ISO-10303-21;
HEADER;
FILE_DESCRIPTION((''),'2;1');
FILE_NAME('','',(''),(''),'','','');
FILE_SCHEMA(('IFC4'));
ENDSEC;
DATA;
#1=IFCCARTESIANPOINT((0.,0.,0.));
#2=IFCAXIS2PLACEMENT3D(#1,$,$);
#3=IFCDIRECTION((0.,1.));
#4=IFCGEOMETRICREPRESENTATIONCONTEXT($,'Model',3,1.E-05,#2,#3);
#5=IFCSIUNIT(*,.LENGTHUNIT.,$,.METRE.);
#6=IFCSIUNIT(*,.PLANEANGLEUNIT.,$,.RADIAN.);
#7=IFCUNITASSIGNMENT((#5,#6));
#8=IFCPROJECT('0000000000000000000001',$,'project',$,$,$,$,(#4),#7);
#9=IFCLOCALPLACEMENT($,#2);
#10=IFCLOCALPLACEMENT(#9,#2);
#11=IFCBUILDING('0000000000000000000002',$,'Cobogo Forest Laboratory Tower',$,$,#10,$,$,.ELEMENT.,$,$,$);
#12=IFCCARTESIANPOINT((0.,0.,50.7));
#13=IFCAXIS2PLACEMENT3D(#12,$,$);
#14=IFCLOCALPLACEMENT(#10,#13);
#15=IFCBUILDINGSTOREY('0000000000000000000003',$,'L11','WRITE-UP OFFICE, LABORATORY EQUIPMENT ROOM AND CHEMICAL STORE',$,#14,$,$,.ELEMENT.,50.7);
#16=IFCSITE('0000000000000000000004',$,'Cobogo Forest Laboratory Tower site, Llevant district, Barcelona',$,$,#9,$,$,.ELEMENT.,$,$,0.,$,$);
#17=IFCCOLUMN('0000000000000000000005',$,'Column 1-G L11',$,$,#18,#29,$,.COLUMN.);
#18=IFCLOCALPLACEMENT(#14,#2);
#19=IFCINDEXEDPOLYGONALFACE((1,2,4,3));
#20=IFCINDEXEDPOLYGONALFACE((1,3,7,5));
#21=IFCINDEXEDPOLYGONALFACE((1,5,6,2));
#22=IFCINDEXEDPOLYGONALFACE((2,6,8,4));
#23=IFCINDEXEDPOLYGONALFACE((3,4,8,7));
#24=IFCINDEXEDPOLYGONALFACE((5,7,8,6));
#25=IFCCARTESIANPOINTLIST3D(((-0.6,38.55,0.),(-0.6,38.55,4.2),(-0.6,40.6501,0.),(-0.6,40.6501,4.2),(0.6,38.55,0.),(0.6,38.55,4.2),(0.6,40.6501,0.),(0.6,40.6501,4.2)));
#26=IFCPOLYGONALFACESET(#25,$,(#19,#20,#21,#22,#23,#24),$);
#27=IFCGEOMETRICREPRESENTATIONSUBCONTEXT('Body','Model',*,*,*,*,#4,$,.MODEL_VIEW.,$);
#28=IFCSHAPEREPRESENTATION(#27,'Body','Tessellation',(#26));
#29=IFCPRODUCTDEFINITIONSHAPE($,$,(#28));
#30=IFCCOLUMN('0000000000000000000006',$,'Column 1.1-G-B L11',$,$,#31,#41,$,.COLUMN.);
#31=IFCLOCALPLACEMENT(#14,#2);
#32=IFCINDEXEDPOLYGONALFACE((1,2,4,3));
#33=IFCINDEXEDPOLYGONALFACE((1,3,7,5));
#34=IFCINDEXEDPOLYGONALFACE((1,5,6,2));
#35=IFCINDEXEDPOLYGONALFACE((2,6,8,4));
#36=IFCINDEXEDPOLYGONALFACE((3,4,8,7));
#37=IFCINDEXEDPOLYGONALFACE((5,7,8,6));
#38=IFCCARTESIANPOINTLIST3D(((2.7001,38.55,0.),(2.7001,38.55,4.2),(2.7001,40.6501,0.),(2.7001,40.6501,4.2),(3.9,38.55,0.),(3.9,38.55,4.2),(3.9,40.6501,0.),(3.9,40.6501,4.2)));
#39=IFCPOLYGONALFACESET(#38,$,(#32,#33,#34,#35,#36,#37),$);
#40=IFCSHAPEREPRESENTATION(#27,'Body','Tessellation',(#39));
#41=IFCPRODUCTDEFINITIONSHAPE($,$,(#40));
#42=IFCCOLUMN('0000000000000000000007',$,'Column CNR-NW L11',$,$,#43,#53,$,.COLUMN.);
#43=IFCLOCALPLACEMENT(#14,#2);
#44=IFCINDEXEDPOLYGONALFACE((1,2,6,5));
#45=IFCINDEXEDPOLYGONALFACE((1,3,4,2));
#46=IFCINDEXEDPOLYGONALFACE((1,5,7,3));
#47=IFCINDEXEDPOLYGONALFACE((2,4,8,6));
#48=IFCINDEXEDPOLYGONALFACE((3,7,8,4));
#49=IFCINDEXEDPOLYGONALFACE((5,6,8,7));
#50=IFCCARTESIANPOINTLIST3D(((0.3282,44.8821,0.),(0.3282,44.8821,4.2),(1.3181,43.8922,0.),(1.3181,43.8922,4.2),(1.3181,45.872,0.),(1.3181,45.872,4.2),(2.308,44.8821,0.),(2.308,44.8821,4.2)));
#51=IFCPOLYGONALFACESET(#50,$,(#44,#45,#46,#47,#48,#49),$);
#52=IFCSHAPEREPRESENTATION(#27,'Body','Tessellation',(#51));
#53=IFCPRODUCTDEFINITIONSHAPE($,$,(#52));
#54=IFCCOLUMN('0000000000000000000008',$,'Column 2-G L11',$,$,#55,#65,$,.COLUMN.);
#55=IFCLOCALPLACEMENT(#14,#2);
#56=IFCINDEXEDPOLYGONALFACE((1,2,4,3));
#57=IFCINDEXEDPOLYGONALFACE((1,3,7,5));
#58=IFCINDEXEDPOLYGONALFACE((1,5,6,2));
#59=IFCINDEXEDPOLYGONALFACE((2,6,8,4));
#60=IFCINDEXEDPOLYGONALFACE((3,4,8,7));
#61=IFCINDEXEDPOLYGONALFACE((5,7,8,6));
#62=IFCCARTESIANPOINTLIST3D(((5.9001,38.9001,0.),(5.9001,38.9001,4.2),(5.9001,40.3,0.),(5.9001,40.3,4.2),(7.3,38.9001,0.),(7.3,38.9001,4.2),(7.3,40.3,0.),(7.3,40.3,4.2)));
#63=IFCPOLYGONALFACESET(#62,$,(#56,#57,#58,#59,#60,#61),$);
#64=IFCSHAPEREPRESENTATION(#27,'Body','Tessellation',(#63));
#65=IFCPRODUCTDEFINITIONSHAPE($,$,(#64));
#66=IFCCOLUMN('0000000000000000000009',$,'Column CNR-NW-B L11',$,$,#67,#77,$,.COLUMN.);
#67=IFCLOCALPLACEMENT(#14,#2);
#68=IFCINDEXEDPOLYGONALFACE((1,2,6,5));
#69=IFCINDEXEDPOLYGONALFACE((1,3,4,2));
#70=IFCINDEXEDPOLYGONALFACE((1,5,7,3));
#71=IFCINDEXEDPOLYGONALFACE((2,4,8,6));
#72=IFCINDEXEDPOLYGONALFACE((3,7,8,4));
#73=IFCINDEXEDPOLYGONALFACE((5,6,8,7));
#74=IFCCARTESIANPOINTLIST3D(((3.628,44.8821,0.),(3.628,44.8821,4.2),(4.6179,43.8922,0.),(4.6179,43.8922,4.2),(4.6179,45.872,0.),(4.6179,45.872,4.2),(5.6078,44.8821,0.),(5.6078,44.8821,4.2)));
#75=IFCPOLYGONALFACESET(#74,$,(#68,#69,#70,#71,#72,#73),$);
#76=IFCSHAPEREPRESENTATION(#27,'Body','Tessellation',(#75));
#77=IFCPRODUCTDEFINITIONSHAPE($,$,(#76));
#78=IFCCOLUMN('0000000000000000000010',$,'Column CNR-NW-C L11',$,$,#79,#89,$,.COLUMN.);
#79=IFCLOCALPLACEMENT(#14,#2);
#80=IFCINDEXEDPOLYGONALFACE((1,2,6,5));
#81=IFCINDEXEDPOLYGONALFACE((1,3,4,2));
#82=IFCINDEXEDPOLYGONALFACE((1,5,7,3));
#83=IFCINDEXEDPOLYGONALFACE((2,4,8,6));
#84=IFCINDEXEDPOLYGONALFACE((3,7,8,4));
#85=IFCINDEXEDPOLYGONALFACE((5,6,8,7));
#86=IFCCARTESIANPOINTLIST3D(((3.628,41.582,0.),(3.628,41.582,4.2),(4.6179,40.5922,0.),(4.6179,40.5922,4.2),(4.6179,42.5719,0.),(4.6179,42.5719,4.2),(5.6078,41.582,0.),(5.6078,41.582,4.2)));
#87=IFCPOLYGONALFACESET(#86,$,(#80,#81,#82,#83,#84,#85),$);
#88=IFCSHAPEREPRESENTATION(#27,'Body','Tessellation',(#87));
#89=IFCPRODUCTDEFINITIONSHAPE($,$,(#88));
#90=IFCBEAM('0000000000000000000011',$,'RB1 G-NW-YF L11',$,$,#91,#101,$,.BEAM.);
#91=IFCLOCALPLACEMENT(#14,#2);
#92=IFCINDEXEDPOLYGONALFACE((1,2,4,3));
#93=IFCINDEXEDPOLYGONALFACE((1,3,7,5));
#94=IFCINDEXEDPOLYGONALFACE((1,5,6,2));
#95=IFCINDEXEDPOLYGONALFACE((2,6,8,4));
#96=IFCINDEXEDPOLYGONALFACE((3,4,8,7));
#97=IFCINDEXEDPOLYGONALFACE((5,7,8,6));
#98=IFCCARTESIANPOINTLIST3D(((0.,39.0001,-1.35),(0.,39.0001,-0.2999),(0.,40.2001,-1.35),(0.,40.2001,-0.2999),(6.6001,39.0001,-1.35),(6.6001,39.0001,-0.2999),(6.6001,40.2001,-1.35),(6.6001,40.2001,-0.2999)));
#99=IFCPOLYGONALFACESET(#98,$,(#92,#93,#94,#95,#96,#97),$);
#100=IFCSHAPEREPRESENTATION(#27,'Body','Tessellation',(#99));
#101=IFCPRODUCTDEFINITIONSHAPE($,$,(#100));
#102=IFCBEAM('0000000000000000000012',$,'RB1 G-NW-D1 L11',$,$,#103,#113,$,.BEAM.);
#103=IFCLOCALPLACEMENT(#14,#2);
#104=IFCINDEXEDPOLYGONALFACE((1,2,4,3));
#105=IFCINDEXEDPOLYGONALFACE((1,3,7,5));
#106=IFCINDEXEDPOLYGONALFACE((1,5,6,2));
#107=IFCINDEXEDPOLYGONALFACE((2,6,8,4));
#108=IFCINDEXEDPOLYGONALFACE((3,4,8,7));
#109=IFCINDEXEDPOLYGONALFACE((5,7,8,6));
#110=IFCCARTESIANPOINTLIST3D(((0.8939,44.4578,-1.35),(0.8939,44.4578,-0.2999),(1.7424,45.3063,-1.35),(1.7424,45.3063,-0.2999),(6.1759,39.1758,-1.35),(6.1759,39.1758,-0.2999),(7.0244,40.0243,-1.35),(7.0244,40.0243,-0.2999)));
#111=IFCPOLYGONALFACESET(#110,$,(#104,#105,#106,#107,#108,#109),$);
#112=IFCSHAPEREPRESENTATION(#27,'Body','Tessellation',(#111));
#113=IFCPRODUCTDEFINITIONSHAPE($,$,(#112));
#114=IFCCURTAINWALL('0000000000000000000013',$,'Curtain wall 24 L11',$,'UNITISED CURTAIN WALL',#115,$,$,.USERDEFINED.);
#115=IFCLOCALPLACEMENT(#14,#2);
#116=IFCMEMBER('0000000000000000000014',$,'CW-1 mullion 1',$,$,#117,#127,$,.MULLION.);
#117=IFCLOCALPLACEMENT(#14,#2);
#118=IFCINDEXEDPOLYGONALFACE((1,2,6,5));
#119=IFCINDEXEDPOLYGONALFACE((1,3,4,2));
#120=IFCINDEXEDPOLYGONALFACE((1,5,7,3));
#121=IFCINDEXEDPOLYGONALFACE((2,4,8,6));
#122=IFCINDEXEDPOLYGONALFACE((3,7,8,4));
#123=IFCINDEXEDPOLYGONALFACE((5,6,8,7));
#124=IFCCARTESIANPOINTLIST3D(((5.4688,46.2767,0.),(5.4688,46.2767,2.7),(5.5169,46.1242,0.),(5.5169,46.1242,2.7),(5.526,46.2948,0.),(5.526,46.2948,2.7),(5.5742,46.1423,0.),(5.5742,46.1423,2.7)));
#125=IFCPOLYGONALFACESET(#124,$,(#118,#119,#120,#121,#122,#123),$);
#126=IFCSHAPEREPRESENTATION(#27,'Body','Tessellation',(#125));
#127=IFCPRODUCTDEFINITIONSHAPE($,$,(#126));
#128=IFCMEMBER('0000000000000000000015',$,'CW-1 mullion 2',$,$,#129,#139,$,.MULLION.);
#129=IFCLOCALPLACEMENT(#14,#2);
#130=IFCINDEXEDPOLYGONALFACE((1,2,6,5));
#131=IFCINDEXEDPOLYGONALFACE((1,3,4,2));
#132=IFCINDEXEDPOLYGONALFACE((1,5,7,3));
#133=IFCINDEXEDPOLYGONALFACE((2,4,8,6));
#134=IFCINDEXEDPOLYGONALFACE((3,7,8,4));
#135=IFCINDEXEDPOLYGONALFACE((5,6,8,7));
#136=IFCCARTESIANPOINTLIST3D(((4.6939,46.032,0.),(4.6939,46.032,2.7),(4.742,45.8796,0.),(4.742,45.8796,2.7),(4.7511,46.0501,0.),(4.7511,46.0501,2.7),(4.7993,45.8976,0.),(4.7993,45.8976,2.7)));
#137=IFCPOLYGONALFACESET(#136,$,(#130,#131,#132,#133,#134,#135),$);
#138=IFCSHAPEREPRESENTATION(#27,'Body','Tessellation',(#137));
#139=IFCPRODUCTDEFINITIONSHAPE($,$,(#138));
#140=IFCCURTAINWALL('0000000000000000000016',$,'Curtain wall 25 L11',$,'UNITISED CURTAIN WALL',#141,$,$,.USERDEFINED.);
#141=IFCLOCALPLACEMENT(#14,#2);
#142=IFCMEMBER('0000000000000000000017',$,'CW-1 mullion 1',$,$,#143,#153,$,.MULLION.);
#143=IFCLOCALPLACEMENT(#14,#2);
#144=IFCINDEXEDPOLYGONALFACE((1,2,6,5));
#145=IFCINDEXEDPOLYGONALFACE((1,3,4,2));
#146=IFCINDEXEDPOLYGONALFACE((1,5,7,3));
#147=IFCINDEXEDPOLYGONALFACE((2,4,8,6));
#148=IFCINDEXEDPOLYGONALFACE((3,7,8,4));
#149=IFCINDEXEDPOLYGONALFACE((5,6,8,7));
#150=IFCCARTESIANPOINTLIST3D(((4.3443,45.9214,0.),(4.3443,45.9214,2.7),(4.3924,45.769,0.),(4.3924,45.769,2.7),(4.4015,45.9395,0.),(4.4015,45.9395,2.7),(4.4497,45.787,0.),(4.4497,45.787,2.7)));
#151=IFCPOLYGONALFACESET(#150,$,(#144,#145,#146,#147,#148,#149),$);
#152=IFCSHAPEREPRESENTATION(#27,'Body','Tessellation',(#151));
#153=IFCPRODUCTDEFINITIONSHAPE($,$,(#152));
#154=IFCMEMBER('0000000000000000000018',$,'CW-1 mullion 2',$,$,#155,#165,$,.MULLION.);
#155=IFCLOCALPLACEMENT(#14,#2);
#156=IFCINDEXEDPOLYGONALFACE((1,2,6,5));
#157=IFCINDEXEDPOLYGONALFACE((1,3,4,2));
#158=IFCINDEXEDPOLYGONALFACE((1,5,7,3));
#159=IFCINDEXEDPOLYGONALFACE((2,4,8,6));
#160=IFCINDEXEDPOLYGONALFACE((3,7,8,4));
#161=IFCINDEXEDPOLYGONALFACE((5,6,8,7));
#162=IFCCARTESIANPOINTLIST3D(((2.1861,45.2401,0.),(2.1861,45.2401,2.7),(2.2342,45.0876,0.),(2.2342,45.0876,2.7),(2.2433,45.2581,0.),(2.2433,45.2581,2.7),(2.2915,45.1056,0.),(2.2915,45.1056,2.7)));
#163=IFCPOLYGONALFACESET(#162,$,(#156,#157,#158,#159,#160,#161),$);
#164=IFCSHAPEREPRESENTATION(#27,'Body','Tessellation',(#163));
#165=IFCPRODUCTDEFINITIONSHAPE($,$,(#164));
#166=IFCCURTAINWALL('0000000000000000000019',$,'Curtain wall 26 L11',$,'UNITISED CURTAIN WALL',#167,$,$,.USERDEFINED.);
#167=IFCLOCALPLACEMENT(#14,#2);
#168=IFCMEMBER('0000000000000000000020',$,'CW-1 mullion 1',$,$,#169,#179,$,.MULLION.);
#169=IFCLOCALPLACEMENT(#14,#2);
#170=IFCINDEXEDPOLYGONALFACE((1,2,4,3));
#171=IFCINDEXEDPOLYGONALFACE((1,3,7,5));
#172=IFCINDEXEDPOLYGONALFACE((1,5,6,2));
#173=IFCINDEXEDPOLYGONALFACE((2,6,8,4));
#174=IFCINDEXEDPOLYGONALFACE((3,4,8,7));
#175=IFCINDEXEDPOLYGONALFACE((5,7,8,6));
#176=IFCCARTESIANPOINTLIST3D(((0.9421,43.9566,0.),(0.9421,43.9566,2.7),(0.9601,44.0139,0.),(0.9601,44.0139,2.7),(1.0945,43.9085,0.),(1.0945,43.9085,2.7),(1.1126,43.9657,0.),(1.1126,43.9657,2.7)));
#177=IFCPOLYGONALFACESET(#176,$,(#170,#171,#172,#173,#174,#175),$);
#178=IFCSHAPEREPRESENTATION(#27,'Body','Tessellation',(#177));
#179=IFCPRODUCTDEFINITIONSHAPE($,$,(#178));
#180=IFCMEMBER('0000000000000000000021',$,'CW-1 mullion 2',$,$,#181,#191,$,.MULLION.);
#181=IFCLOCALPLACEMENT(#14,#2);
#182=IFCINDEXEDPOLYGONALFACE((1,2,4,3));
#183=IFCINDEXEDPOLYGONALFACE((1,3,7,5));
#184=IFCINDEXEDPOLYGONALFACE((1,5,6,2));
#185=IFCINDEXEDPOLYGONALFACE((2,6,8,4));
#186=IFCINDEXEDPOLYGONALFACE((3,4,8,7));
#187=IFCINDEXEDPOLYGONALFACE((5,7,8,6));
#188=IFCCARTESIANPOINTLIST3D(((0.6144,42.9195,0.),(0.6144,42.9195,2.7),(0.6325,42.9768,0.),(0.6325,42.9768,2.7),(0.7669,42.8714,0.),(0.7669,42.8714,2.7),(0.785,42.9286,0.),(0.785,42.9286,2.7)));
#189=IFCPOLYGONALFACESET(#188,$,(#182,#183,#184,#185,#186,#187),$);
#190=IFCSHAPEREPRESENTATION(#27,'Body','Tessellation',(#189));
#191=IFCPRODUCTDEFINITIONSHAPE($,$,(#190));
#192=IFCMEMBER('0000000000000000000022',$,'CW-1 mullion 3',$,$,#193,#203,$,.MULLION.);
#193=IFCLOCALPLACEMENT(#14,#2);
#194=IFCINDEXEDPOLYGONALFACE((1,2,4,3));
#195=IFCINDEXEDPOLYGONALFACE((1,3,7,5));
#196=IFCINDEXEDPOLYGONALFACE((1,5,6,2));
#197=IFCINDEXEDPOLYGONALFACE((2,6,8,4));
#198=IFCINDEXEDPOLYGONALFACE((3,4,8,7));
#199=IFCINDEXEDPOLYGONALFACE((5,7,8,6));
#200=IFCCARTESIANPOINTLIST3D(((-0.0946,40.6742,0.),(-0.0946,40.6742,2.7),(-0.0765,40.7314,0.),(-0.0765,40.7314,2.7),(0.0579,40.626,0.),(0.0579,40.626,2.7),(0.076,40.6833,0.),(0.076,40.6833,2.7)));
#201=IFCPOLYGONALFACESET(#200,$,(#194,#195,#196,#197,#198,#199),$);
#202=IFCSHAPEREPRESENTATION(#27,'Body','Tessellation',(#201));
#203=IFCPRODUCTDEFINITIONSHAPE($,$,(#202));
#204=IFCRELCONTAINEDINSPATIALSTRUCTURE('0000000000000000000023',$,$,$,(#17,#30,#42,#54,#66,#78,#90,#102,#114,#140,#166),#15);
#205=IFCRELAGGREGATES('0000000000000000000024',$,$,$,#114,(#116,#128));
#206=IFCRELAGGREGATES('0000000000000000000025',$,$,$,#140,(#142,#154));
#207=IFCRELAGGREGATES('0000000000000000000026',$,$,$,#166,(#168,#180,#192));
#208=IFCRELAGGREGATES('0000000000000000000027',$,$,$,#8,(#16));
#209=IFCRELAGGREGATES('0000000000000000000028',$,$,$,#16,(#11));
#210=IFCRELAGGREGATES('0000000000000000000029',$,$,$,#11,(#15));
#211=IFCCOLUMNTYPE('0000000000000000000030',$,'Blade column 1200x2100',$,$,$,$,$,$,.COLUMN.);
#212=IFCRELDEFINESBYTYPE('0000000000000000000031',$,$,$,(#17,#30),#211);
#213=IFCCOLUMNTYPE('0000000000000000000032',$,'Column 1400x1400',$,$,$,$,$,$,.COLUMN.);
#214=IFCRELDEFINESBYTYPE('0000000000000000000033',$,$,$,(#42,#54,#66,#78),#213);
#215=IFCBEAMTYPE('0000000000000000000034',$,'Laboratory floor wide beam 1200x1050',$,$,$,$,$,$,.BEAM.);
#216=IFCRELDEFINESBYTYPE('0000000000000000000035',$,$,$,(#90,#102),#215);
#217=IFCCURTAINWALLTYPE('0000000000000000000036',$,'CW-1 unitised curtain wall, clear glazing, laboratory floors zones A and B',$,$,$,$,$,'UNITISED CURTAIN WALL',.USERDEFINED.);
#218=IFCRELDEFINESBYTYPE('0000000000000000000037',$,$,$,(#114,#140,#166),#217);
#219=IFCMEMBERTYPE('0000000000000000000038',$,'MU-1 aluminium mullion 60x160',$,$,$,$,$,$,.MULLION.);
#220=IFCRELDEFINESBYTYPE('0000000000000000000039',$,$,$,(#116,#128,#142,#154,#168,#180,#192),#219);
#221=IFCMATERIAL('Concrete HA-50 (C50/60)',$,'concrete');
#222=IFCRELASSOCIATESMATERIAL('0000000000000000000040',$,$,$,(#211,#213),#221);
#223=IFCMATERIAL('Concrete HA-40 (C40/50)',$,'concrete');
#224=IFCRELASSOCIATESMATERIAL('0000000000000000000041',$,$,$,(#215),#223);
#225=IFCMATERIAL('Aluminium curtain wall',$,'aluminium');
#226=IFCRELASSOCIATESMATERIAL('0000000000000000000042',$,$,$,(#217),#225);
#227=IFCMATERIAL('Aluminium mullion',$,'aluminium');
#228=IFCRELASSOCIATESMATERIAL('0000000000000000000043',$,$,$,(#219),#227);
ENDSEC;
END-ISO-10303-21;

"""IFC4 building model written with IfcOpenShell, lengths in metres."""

from ifc_helpers import new_model, si_unit, direction, frame, origin, origin_2d, place, context, subcontext, project, spatial, rectangle, extrude, material, material_profile, profile_set, type_object, element, aggregate, save


model = new_model("IFC4")

# Units and contexts
model_context = context("Model", 3, precision=1e-05, world=origin(), true_north=direction((0.0, 1.0)))
body_context = subcontext(model_context, "Body", "Model", "MODEL_VIEW")
ifc_project = project(units=[si_unit("LENGTHUNIT", "METRE"), si_unit("PLANEANGLEUNIT", "RADIAN")], contexts=[model_context])

# Site, building, storey
site_placement = place(None, origin())
site = spatial("IfcSite", under=ifc_project, at=site_placement, Name="Cobogo Forest Laboratory Tower site, Llevant district, Barcelona", CompositionType="ELEMENT", RefElevation=0.0)
building_placement = place(site_placement, origin())
building = spatial("IfcBuilding", under=site, at=building_placement, Name="Cobogo Forest Laboratory Tower", CompositionType="ELEMENT")
storey_placement = place(building_placement, frame((0.0, 0.0, 50.7)))
storey = spatial("IfcBuildingStorey", under=building, at=storey_placement, Name="L11", Description="WRITE-UP OFFICE, LABORATORY EQUIPMENT ROOM AND CHEMICAL STORE", CompositionType="ELEMENT", Elevation=50.7)

# Columns
ifc_material_1 = material(Name="Concrete HA-50 (C50/60)", Category="concrete")
ifc_material_profile_1 = material_profile(ifc_material_1, rectangle(XDim=2.1001, YDim=1.2, at=origin_2d()), Name="RC 1200x2100")
ifc_profile_set_1 = profile_set([ifc_material_profile_1], Name="Concrete HA-50 (C50/60)")
column_type_1 = type_object("IfcColumnType", Name="Blade column 1200x2100", PredefinedType="COLUMN", material=ifc_profile_set_1)
for number, where, z_axis, x_axis, name in (
    (1, (0.0, 39.6001, 0.0), (0.0, 0.0, 1.0), (0.0, 1.0, 0.0), "Column 1-G L11"),
    (2, (3.3, 39.6001, 0.0), (0.0, 0.0, 1.0), (0.0, 1.0, 0.0), "Column 1.1-G-B L11"),
):
    element("IfcColumn", number, at=place(storey_placement, frame(where, z_axis=z_axis, x_axis=x_axis)), inside=storey, type_object=column_type_1, Name=name, PredefinedType="COLUMN", context=body_context, shape_type="SweptSolid", body=[
        extrude(rectangle(XDim=2.1001, YDim=1.2, at=origin_2d()), origin(), (0.0, 0.0, 1.0), 4.2),
    ])
ifc_material_profile_2 = material_profile(ifc_material_1, rectangle(XDim=1.3999, YDim=1.3999, at=origin_2d()), Name="RC 1400x1400")
ifc_profile_set_2 = profile_set([ifc_material_profile_2], Name="Concrete HA-50 (C50/60)")
column_type_2 = type_object("IfcColumnType", Name="Column 1400x1400", PredefinedType="COLUMN", material=ifc_profile_set_2)
for number, where, z_axis, x_axis, name in (
    (3, (1.3181, 44.8821, 0.0), (0.0, 0.0, 1.0), (0.707107, 0.707107, 0.0), "Column CNR-NW L11"),
    (4, (6.6001, 39.6001, 0.0), (0.0, 0.0, 1.0), (1.0, 0.0, 0.0), "Column 2-G L11"),
    (5, (4.6179, 44.8821, 0.0), (0.0, 0.0, 1.0), (0.707107, 0.707107, 0.0), "Column CNR-NW-B L11"),
    (6, (4.6179, 41.582, 0.0), (0.0, 0.0, 1.0), (0.707107, 0.707107, 0.0), "Column CNR-NW-C L11"),
):
    element("IfcColumn", number, at=place(storey_placement, frame(where, z_axis=z_axis, x_axis=x_axis)), inside=storey, type_object=column_type_2, Name=name, PredefinedType="COLUMN", context=body_context, shape_type="SweptSolid", body=[
        extrude(rectangle(XDim=1.3999, YDim=1.3999, at=origin_2d()), origin(), (0.0, 0.0, 1.0), 4.2),
    ])

# Beams
ifc_material_2 = material(Name="Concrete HA-40 (C40/50)", Category="concrete")
ifc_material_profile_3 = material_profile(ifc_material_2, rectangle(XDim=1.2, YDim=1.05, at=origin_2d()), Name="RC 1200x1050")
ifc_profile_set_3 = profile_set([ifc_material_profile_3], Name="Concrete HA-40 (C40/50)")
beam_type_1 = type_object("IfcBeamType", Name="Laboratory floor wide beam 1200x1050", PredefinedType="BEAM", material=ifc_profile_set_3)
beam_1_placement = place(storey_placement, frame((0.0, 39.6001, -0.825), z_axis=(1.0, 0.0, 0.0), x_axis=(0.0, 1.0, 0.0)))
element("IfcBeam", 7, at=beam_1_placement, inside=storey, type_object=beam_type_1, Name="RB1 G-NW-YF L11", PredefinedType="BEAM", context=body_context, shape_type="SweptSolid", body=[
    extrude(rectangle(XDim=1.2, YDim=1.05, at=origin_2d()), origin(), (0.0, 0.0, 1.0), 6.6001),
])
beam_2_placement = place(storey_placement, frame((1.3181, 44.8821, -0.825), z_axis=(0.707107, -0.707107, 0.0), x_axis=(0.707107, 0.707107, 0.0)))
element("IfcBeam", 8, at=beam_2_placement, inside=storey, type_object=beam_type_1, Name="RB1 G-NW-D1 L11", PredefinedType="BEAM", context=body_context, shape_type="SweptSolid", body=[
    extrude(rectangle(XDim=1.2, YDim=1.05, at=origin_2d()), origin(), (0.0, 0.0, 1.0), 7.47),
])

# Curtain walls, members
ifc_material_3 = material(Name="Aluminium curtain wall", Category="aluminium")
curtain_wall_type = type_object("IfcCurtainWallType", Name="CW-1 unitised curtain wall, clear glazing, laboratory floors zones A and B", ElementType="UNITISED CURTAIN WALL", PredefinedType="USERDEFINED", material=ifc_material_3)
curtain_wall_1_placement = place(storey_placement, origin())
curtain_wall_1 = element("IfcCurtainWall", 9, at=curtain_wall_1_placement, inside=storey, type_object=curtain_wall_type, Name="Curtain wall 24 L11", ObjectType="UNITISED CURTAIN WALL", PredefinedType="USERDEFINED")
ifc_material_4 = material(Name="Aluminium mullion", Category="aluminium")
ifc_material_profile_4 = material_profile(ifc_material_4, rectangle(XDim=0.0601, YDim=0.1599, at=origin_2d()), Name="AL 60x160")
ifc_profile_set_4 = profile_set([ifc_material_profile_4], Name="Aluminium mullion")
member_type_1 = type_object("IfcMemberType", Name="MU-1 aluminium mullion 60x160", PredefinedType="MULLION", material=ifc_profile_set_4)
member_1_placement = place(storey_placement, frame((5.5215, 46.2095, 0.0), z_axis=(0.0, 0.0, 1.0), x_axis=(-0.953582, -0.301135, 0.0)))
member_1 = element("IfcMember", 10, at=member_1_placement, type_object=member_type_1, Name="CW-1 mullion 1", PredefinedType="MULLION", context=body_context, shape_type="SweptSolid", body=[
    extrude(rectangle(XDim=0.0601, YDim=0.1599, at=origin_2d()), origin(), (0.0, 0.0, 1.0), 2.7),
])
member_2_placement = place(storey_placement, frame((4.7466, 45.9648, 0.0), z_axis=(0.0, 0.0, 1.0), x_axis=(-0.953582, -0.301135, 0.0)))
member_2 = element("IfcMember", 11, at=member_2_placement, type_object=member_type_1, Name="CW-1 mullion 2", PredefinedType="MULLION", context=body_context, shape_type="SweptSolid", body=[
    extrude(rectangle(XDim=0.0601, YDim=0.1599, at=origin_2d()), origin(), (0.0, 0.0, 1.0), 2.7),
])
curtain_wall_2_placement = place(storey_placement, origin())
curtain_wall_2 = element("IfcCurtainWall", 12, at=curtain_wall_2_placement, inside=storey, type_object=curtain_wall_type, Name="Curtain wall 25 L11", ObjectType="UNITISED CURTAIN WALL", PredefinedType="USERDEFINED")
member_3_placement = place(storey_placement, frame((4.397, 45.8542, 0.0), z_axis=(0.0, 0.0, 1.0), x_axis=(-0.953581, -0.301135, 0.0)))
member_3 = element("IfcMember", 13, at=member_3_placement, type_object=member_type_1, Name="CW-1 mullion 1", PredefinedType="MULLION", context=body_context, shape_type="SweptSolid", body=[
    extrude(rectangle(XDim=0.0601, YDim=0.1599, at=origin_2d()), origin(), (0.0, 0.0, 1.0), 2.7),
])
member_4_placement = place(storey_placement, frame((2.2388, 45.1729, 0.0), z_axis=(0.0, 0.0, 1.0), x_axis=(-0.953581, -0.301135, 0.0)))
member_4 = element("IfcMember", 14, at=member_4_placement, type_object=member_type_1, Name="CW-1 mullion 2", PredefinedType="MULLION", context=body_context, shape_type="SweptSolid", body=[
    extrude(rectangle(XDim=0.0601, YDim=0.1599, at=origin_2d()), origin(), (0.0, 0.0, 1.0), 2.7),
])
curtain_wall_3_placement = place(storey_placement, origin())
curtain_wall_3 = element("IfcCurtainWall", 15, at=curtain_wall_3_placement, inside=storey, type_object=curtain_wall_type, Name="Curtain wall 26 L11", ObjectType="UNITISED CURTAIN WALL", PredefinedType="USERDEFINED")
member_5_placement = place(storey_placement, frame((1.0273, 43.9612, 0.0), z_axis=(0.0, 0.0, 1.0), x_axis=(-0.301135, -0.953581, 0.0)))
member_5 = element("IfcMember", 16, at=member_5_placement, type_object=member_type_1, Name="CW-1 mullion 1", PredefinedType="MULLION", context=body_context, shape_type="SweptSolid", body=[
    extrude(rectangle(XDim=0.0601, YDim=0.1599, at=origin_2d()), origin(), (0.0, 0.0, 1.0), 2.7),
])
member_6_placement = place(storey_placement, frame((0.6997, 42.9241, 0.0), z_axis=(0.0, 0.0, 1.0), x_axis=(-0.301135, -0.953581, 0.0)))
member_6 = element("IfcMember", 17, at=member_6_placement, type_object=member_type_1, Name="CW-1 mullion 2", PredefinedType="MULLION", context=body_context, shape_type="SweptSolid", body=[
    extrude(rectangle(XDim=0.0601, YDim=0.1599, at=origin_2d()), origin(), (0.0, 0.0, 1.0), 2.7),
])
member_7_placement = place(storey_placement, frame((-0.0093, 40.6787, 0.0), z_axis=(0.0, 0.0, 1.0), x_axis=(-0.301135, -0.953581, 0.0)))
member_7 = element("IfcMember", 18, at=member_7_placement, type_object=member_type_1, Name="CW-1 mullion 3", PredefinedType="MULLION", context=body_context, shape_type="SweptSolid", body=[
    extrude(rectangle(XDim=0.0601, YDim=0.1599, at=origin_2d()), origin(), (0.0, 0.0, 1.0), 2.7),
])

aggregate(curtain_wall_1, [member_1, member_2])
aggregate(curtain_wall_2, [member_3, member_4])
aggregate(curtain_wall_3, [member_5, member_6, member_7])

save(model, "model.ifc")
